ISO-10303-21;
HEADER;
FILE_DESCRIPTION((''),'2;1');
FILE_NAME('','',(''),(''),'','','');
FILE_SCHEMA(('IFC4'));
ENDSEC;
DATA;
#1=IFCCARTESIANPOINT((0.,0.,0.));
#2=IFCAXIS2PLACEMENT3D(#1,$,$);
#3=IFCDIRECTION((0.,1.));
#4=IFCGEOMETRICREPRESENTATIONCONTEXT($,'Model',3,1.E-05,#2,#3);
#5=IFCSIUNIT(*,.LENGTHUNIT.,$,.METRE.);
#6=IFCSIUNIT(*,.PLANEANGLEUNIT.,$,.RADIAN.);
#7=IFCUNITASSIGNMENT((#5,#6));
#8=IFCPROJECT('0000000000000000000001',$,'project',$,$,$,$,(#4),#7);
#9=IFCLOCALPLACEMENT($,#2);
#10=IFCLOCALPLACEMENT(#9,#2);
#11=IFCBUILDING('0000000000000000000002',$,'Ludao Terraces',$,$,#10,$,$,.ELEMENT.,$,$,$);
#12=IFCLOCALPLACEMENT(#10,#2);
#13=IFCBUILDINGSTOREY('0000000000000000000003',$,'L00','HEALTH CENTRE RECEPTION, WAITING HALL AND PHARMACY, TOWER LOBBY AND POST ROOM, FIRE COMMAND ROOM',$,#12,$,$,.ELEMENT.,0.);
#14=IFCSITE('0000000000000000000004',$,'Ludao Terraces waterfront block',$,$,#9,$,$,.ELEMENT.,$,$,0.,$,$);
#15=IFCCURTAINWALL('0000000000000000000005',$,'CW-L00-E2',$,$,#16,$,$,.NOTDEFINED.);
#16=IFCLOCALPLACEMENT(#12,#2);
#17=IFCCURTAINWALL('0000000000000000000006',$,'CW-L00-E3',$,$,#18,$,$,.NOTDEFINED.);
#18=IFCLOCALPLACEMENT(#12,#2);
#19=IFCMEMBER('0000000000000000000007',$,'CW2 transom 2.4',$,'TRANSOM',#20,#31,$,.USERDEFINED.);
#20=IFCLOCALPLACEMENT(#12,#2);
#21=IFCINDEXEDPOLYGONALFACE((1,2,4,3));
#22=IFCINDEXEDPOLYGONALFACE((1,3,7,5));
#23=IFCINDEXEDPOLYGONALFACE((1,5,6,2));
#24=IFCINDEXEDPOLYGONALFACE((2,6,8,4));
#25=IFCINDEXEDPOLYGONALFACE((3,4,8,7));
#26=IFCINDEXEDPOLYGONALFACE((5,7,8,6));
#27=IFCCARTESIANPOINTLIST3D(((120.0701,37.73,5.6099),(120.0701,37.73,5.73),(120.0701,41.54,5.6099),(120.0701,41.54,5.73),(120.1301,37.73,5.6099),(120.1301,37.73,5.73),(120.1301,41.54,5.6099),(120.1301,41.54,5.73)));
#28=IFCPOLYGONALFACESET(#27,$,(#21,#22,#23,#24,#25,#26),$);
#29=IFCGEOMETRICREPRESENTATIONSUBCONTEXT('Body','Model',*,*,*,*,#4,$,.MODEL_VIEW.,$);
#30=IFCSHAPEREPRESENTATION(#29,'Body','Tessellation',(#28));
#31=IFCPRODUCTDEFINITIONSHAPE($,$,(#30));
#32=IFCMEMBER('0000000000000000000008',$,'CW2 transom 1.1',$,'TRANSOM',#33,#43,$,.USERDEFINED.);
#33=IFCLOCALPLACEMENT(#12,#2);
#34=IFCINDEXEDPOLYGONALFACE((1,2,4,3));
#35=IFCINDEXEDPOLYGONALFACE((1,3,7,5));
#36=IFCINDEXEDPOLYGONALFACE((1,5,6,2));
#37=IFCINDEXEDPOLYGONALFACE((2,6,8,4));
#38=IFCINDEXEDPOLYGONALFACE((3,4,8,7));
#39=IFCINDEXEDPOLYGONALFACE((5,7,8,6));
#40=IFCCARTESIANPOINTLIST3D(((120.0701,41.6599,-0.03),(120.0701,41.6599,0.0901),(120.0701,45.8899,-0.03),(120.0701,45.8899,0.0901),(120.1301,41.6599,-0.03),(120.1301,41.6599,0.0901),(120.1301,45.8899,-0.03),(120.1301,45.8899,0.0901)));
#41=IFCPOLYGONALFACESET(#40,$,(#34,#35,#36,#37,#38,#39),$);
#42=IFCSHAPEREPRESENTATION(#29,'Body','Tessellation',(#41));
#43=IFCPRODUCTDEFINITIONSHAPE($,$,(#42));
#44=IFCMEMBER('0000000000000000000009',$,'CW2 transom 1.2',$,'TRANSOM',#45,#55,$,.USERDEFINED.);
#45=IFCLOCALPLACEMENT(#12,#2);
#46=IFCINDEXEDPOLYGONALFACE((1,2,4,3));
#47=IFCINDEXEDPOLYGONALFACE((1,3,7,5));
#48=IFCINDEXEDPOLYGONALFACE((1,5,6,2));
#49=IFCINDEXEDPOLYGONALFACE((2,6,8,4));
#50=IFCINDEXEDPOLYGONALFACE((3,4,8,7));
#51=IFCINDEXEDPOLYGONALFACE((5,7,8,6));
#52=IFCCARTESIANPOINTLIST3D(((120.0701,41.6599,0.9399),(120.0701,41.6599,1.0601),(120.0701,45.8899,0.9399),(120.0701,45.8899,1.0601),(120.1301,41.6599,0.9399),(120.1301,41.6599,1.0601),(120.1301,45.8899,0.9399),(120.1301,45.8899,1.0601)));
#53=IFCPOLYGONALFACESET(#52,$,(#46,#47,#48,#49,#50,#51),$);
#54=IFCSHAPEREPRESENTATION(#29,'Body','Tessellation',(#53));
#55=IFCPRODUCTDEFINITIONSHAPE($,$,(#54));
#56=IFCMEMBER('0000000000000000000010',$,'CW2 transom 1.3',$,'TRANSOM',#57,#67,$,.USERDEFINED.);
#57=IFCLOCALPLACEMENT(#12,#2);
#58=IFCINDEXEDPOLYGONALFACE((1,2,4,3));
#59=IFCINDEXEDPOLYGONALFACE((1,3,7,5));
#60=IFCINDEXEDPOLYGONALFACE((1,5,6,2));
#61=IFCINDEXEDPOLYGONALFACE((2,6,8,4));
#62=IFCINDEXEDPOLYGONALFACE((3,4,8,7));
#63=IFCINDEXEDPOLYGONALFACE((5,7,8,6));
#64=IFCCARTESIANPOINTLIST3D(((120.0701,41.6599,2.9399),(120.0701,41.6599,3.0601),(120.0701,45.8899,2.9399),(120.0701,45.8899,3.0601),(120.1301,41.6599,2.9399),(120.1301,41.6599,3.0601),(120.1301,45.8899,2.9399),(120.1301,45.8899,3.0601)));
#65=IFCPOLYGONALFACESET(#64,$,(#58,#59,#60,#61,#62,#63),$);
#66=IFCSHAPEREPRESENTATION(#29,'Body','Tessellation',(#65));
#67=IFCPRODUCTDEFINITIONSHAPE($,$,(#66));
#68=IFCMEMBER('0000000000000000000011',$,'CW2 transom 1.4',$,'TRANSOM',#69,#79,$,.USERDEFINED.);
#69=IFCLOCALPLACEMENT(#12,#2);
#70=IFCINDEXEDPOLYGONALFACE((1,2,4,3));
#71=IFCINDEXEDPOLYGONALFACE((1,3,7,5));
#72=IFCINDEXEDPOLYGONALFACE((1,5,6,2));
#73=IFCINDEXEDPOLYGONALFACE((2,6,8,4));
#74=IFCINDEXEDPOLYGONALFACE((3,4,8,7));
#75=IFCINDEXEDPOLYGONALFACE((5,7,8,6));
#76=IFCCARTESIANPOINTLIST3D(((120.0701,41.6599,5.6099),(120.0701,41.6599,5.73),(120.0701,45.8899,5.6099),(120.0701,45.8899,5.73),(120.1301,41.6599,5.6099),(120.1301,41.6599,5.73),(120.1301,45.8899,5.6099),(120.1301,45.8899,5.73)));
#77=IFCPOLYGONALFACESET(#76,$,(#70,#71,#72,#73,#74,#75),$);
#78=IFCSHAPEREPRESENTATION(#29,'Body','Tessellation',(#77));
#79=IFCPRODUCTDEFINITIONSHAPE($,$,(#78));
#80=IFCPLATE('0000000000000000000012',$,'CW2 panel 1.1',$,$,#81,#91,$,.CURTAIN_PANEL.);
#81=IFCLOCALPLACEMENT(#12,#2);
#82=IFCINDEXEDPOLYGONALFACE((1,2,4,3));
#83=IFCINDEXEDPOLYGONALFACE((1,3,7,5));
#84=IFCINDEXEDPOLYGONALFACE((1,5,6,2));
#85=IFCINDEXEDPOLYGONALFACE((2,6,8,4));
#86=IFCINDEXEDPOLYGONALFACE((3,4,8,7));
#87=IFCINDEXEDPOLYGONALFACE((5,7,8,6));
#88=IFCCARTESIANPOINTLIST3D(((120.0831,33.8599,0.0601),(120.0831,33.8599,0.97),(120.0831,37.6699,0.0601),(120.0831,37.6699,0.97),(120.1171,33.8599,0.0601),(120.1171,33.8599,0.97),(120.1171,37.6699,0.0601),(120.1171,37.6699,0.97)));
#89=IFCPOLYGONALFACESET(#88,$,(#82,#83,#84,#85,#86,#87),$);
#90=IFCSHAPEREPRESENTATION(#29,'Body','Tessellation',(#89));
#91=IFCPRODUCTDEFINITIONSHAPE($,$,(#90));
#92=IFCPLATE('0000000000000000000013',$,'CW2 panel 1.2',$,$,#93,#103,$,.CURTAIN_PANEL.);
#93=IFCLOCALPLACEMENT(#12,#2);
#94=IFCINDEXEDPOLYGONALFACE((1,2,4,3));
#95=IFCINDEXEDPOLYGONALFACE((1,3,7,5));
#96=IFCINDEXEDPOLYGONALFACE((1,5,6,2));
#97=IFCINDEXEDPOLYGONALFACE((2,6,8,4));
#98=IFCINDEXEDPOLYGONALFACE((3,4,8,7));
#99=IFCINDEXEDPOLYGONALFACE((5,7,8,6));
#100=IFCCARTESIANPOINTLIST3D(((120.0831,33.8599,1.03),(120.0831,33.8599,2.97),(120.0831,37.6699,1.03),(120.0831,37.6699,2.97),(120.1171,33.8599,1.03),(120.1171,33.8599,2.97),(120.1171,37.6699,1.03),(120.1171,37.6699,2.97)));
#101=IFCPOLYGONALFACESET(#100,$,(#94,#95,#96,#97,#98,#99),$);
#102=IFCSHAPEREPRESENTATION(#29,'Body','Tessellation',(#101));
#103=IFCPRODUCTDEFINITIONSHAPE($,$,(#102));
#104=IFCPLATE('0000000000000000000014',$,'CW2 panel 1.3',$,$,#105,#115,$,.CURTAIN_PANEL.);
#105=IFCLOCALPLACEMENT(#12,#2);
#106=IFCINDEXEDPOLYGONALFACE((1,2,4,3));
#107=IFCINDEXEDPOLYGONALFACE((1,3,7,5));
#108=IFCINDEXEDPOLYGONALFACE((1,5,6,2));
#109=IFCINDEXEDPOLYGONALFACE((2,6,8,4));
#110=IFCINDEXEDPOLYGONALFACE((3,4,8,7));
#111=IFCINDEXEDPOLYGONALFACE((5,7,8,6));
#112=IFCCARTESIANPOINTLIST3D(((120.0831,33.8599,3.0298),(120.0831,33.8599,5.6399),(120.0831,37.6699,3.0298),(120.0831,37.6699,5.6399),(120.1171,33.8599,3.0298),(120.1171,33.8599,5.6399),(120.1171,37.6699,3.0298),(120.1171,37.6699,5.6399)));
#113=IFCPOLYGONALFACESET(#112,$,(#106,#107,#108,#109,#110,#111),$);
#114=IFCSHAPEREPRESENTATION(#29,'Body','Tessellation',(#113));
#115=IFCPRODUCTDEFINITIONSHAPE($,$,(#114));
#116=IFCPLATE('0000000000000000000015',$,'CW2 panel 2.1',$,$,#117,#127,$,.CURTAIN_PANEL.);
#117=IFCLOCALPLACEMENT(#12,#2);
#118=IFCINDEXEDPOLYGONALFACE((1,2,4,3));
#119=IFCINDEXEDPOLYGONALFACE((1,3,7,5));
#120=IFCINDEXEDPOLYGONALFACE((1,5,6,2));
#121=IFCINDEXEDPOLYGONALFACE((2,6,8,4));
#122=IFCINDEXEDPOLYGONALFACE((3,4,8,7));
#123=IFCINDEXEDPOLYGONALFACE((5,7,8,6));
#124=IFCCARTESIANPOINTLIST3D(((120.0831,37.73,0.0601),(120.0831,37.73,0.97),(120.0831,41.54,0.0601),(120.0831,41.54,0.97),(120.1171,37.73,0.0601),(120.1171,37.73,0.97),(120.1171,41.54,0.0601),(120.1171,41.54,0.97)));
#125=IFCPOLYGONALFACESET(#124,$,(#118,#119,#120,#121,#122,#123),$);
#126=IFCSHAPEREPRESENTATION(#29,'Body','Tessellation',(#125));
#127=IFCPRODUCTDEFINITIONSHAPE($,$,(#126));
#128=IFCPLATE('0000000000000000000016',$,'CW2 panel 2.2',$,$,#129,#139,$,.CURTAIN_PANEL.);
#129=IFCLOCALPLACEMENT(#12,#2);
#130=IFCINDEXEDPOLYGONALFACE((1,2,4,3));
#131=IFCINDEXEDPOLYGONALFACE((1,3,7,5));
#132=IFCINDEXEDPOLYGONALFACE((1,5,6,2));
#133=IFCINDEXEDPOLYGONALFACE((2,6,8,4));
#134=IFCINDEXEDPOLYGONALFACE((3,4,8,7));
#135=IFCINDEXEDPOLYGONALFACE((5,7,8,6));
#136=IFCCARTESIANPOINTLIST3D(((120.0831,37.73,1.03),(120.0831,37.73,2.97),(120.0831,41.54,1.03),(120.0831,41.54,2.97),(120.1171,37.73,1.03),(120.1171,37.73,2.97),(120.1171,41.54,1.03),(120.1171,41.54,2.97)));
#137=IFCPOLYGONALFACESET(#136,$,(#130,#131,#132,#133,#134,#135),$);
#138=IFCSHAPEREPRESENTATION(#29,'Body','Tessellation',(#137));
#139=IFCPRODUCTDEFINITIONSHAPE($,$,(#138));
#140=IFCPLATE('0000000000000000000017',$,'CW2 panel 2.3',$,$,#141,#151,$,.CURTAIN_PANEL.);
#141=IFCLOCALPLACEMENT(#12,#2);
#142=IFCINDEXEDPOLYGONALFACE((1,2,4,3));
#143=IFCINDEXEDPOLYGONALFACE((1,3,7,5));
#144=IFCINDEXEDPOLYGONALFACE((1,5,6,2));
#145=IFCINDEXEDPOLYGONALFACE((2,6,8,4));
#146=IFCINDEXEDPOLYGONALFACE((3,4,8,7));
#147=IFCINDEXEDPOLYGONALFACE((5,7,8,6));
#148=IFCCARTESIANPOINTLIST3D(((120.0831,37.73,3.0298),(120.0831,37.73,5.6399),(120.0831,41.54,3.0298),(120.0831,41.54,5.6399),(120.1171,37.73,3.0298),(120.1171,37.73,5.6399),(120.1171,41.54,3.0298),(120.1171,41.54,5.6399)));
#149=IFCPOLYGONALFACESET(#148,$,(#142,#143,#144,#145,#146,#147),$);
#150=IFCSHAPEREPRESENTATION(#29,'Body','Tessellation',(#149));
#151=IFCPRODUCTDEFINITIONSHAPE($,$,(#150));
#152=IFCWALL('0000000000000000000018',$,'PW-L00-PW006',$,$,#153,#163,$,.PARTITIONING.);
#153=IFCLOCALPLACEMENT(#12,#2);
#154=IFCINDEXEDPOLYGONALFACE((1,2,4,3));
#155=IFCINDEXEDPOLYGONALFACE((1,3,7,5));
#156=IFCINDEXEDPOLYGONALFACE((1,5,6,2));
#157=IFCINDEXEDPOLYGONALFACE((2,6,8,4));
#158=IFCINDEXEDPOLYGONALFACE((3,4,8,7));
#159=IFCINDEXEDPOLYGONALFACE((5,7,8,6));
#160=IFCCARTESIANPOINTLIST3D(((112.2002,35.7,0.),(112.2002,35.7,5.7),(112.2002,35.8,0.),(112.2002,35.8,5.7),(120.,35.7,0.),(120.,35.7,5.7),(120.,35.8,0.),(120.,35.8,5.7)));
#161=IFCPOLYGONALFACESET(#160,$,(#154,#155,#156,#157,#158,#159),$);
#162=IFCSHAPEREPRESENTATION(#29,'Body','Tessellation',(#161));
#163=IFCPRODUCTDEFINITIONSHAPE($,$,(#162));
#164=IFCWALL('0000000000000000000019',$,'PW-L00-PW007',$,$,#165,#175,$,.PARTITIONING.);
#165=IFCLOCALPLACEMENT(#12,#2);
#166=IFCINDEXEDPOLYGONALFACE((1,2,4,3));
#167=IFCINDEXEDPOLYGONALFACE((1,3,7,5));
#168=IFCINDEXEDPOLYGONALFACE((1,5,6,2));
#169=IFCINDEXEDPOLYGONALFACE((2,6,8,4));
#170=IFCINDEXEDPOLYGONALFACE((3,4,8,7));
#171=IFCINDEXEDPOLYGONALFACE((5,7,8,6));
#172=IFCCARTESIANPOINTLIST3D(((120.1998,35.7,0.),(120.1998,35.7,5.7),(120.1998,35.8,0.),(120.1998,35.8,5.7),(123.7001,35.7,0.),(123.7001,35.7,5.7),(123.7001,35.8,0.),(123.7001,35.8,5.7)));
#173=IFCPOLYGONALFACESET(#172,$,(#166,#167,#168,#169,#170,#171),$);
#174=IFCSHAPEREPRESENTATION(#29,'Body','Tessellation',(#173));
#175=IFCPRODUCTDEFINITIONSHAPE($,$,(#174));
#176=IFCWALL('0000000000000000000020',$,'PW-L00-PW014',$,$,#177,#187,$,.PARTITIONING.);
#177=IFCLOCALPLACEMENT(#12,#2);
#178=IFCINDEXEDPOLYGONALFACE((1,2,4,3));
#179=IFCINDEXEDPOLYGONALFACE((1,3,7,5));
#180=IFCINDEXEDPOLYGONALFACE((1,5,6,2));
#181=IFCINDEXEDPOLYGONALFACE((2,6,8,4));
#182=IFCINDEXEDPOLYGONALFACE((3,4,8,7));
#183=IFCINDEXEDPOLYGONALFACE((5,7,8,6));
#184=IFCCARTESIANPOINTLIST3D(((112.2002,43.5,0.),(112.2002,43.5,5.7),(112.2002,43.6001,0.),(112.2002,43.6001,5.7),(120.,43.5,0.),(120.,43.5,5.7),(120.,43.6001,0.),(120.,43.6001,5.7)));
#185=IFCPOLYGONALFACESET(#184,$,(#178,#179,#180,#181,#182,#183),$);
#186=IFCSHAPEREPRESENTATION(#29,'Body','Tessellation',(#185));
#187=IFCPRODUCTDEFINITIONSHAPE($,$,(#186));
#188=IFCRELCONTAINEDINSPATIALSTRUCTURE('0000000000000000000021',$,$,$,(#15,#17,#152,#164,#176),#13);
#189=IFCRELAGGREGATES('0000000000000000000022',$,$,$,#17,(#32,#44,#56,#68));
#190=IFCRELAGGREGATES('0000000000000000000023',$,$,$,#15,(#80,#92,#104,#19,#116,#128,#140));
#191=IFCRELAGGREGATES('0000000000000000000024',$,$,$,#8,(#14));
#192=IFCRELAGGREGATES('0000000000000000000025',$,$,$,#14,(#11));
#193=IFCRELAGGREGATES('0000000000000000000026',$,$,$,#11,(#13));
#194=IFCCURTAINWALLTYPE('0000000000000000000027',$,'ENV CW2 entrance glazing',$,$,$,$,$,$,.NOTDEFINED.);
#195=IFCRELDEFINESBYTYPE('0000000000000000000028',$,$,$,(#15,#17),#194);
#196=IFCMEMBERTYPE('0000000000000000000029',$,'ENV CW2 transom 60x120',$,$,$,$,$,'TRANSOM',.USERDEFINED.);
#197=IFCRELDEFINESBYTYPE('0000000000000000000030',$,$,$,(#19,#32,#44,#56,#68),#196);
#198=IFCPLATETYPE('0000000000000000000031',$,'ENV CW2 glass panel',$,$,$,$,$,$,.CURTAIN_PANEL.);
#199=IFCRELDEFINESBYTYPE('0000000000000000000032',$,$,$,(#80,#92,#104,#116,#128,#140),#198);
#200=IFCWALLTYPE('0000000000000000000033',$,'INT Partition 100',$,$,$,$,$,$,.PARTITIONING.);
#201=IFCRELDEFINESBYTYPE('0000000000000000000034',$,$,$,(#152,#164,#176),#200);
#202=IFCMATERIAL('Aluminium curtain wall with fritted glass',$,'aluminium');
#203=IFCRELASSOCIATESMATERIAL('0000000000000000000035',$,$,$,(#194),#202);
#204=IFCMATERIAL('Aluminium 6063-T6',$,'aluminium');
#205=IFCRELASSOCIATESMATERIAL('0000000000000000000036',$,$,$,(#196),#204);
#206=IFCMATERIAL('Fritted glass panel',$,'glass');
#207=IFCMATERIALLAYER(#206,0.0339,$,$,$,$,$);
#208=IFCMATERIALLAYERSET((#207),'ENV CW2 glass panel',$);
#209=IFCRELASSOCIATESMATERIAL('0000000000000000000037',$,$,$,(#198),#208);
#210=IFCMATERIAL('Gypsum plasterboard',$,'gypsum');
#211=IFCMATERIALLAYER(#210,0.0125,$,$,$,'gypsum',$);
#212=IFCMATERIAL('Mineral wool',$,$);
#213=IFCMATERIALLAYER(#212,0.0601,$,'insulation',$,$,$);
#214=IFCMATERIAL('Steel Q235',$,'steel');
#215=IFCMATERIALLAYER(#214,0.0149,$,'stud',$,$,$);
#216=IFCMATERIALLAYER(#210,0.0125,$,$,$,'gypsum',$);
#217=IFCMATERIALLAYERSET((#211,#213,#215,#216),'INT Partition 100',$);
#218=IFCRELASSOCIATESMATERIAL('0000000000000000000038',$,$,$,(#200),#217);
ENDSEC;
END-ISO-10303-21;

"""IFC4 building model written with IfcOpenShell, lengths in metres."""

from ifc_helpers import new_model, si_unit, direction, frame, frame_2d, origin, origin_2d, place, context, subcontext, project, spatial, rectangle, extrude, material, layer, layer_set, material_profile, profile_set, type_object, element, aggregate, save


model = new_model("IFC4")

# Units and contexts
model_context = context("Model", 3, precision=1e-05, world=origin(), true_north=direction((0.0, 1.0)))
body_context = subcontext(model_context, "Body", "Model", "MODEL_VIEW")
ifc_project = project(units=[si_unit("LENGTHUNIT", "METRE"), si_unit("PLANEANGLEUNIT", "RADIAN")], contexts=[model_context])

# Site, building, storey
site_placement = place(None, origin())
site = spatial("IfcSite", under=ifc_project, at=site_placement, Name="Ludao Terraces waterfront block", CompositionType="ELEMENT", RefElevation=0.0)
building_placement = place(site_placement, origin())
building = spatial("IfcBuilding", under=site, at=building_placement, Name="Ludao Terraces", CompositionType="ELEMENT")
storey_placement = place(building_placement, origin())
storey = spatial("IfcBuildingStorey", under=building, at=storey_placement, Name="L00", Description="HEALTH CENTRE RECEPTION, WAITING HALL AND PHARMACY, TOWER LOBBY AND POST ROOM, FIRE COMMAND ROOM", CompositionType="ELEMENT", Elevation=0.0)

# Curtain wall
ifc_material_1 = material(Name="Aluminium curtain wall with fritted glass", Category="aluminium")
curtain_wall_type = type_object("IfcCurtainWallType", Name="ENV CW2 entrance glazing", PredefinedType="NOTDEFINED", material=ifc_material_1)
curtain_wall_1_placement = place(storey_placement, origin())
curtain_wall_1 = element("IfcCurtainWall", 1, at=curtain_wall_1_placement, inside=storey, type_object=curtain_wall_type, Name="CW-L00-E2", PredefinedType="NOTDEFINED")
ifc_material_2 = material(Name="Aluminium 6063-T6", Category="aluminium")

# Curtain wall
curtain_wall_2_placement = place(storey_placement, origin())
curtain_wall_2 = element("IfcCurtainWall", 2, at=curtain_wall_2_placement, inside=storey, type_object=curtain_wall_type, Name="CW-L00-E3", PredefinedType="NOTDEFINED")

# Members
ifc_material_profile_1 = material_profile(ifc_material_2, rectangle(XDim=0.0601, YDim=0.1201, at=origin_2d()), Name="60 X 120")
ifc_profile_set_1 = profile_set([ifc_material_profile_1], Name="Aluminium 6063-T6")
member_type_1 = type_object("IfcMemberType", Name="ENV CW2 transom 60x120", ElementType="TRANSOM", PredefinedType="USERDEFINED", material=ifc_profile_set_1)
member_1_placement = place(storey_placement, frame((120.1001, 37.73, 5.6699), z_axis=(0.0, 1.0, 0.0), x_axis=(-1.0, 0.0, 0.0)))
member_1 = element("IfcMember", 3, at=member_1_placement, type_object=member_type_1, Name="CW2 transom 2.4", ObjectType="TRANSOM", PredefinedType="USERDEFINED", context=body_context, shape_type="SweptSolid", body=[
    extrude(rectangle(XDim=0.0601, YDim=0.1201, at=origin_2d()), origin(), (0.0, 0.0, 1.0), 3.8101),
])
member_2_placement = place(storey_placement, frame((120.1001, 41.6599, 0.03), z_axis=(0.0, 1.0, 0.0), x_axis=(-1.0, 0.0, 0.0)))
member_2 = element("IfcMember", 4, at=member_2_placement, type_object=member_type_1, Name="CW2 transom 1.1", ObjectType="TRANSOM", PredefinedType="USERDEFINED", context=body_context, shape_type="SweptSolid", body=[
    extrude(rectangle(XDim=0.0601, YDim=0.1201, at=origin_2d()), origin(), (0.0, 0.0, 1.0), 4.23),
])
member_3_placement = place(storey_placement, frame((120.1001, 41.6599, 1.0), z_axis=(0.0, 1.0, 0.0), x_axis=(-1.0, 0.0, 0.0)))
member_3 = element("IfcMember", 5, at=member_3_placement, type_object=member_type_1, Name="CW2 transom 1.2", ObjectType="TRANSOM", PredefinedType="USERDEFINED", context=body_context, shape_type="SweptSolid", body=[
    extrude(rectangle(XDim=0.0601, YDim=0.1201, at=origin_2d()), origin(), (0.0, 0.0, 1.0), 4.23),
])
member_4_placement = place(storey_placement, frame((120.1001, 41.6599, 3.0), z_axis=(0.0, 1.0, 0.0), x_axis=(-1.0, 0.0, 0.0)))
member_4 = element("IfcMember", 6, at=member_4_placement, type_object=member_type_1, Name="CW2 transom 1.3", ObjectType="TRANSOM", PredefinedType="USERDEFINED", context=body_context, shape_type="SweptSolid", body=[
    extrude(rectangle(XDim=0.0601, YDim=0.1201, at=origin_2d()), origin(), (0.0, 0.0, 1.0), 4.23),
])
member_5_placement = place(storey_placement, frame((120.1001, 41.6599, 5.6699), z_axis=(0.0, 1.0, 0.0), x_axis=(-1.0, 0.0, 0.0)))
member_5 = element("IfcMember", 7, at=member_5_placement, type_object=member_type_1, Name="CW2 transom 1.4", ObjectType="TRANSOM", PredefinedType="USERDEFINED", context=body_context, shape_type="SweptSolid", body=[
    extrude(rectangle(XDim=0.0601, YDim=0.1201, at=origin_2d()), origin(), (0.0, 0.0, 1.0), 4.23),
])
aggregate(curtain_wall_2, [member_2, member_3, member_4, member_5])

# Plates
ifc_material_3 = material(Name="Fritted glass panel", Category="glass")
ifc_layer_1 = layer(ifc_material_3, 0.0339)
ifc_layer_set_1 = layer_set([ifc_layer_1], Name="ENV CW2 glass panel")
plate_type = type_object("IfcPlateType", Name="ENV CW2 glass panel", PredefinedType="CURTAIN_PANEL", material=ifc_layer_set_1)
plate_1_placement = place(storey_placement, frame((120.1001, 35.7649, 0.0601), z_axis=(0.0, 0.0, 1.0), x_axis=(0.0, 1.0, 0.0)))
plate_1 = element("IfcPlate", 8, at=plate_1_placement, type_object=plate_type, Name="CW2 panel 1.1", PredefinedType="CURTAIN_PANEL", context=body_context, shape_type="SweptSolid", body=[
    extrude(rectangle(XDim=3.8101, YDim=0.0339, at=origin_2d()), origin(), (0.0, 0.0, 1.0), 0.9099),
])
plate_2_placement = place(storey_placement, frame((120.1001, 35.7649, 1.03), z_axis=(0.0, 0.0, 1.0), x_axis=(0.0, 1.0, 0.0)))
plate_2 = element("IfcPlate", 9, at=plate_2_placement, type_object=plate_type, Name="CW2 panel 1.2", PredefinedType="CURTAIN_PANEL", context=body_context, shape_type="SweptSolid", body=[
    extrude(rectangle(XDim=3.8101, YDim=0.0339, at=origin_2d()), origin(), (0.0, 0.0, 1.0), 1.9399),
])
plate_3_placement = place(storey_placement, frame((120.1001, 35.7649, 3.0298), z_axis=(0.0, 0.0, 1.0), x_axis=(0.0, 1.0, 0.0)))
plate_3 = element("IfcPlate", 10, at=plate_3_placement, type_object=plate_type, Name="CW2 panel 1.3", PredefinedType="CURTAIN_PANEL", context=body_context, shape_type="SweptSolid", body=[
    extrude(rectangle(XDim=3.8101, YDim=0.0339, at=origin_2d()), origin(), (0.0, 0.0, 1.0), 2.6101),
])
plate_4_placement = place(storey_placement, frame((120.1001, 39.635, 0.0601), z_axis=(0.0, 0.0, 1.0), x_axis=(0.0, 1.0, 0.0)))
plate_4 = element("IfcPlate", 11, at=plate_4_placement, type_object=plate_type, Name="CW2 panel 2.1", PredefinedType="CURTAIN_PANEL", context=body_context, shape_type="SweptSolid", body=[
    extrude(rectangle(XDim=3.8101, YDim=0.0339, at=origin_2d()), origin(), (0.0, 0.0, 1.0), 0.9099),
])
plate_5_placement = place(storey_placement, frame((120.1001, 39.635, 1.03), z_axis=(0.0, 0.0, 1.0), x_axis=(0.0, 1.0, 0.0)))
plate_5 = element("IfcPlate", 12, at=plate_5_placement, type_object=plate_type, Name="CW2 panel 2.2", PredefinedType="CURTAIN_PANEL", context=body_context, shape_type="SweptSolid", body=[
    extrude(rectangle(XDim=3.8101, YDim=0.0339, at=origin_2d()), origin(), (0.0, 0.0, 1.0), 1.9399),
])
plate_6_placement = place(storey_placement, frame((120.1001, 39.635, 3.0298), z_axis=(0.0, 0.0, 1.0), x_axis=(0.0, 1.0, 0.0)))
plate_6 = element("IfcPlate", 13, at=plate_6_placement, type_object=plate_type, Name="CW2 panel 2.3", PredefinedType="CURTAIN_PANEL", context=body_context, shape_type="SweptSolid", body=[
    extrude(rectangle(XDim=3.8101, YDim=0.0339, at=origin_2d()), origin(), (0.0, 0.0, 1.0), 2.6101),
])
aggregate(curtain_wall_1, [plate_1, plate_2, plate_3, member_1, plate_4, plate_5, plate_6])

# Walls
ifc_material_4 = material(Name="Gypsum plasterboard", Category="gypsum")
ifc_layer_2 = layer(ifc_material_4, 0.0125, Category="gypsum")
ifc_material_5 = material(Name="Mineral wool")
ifc_layer_3 = layer(ifc_material_5, 0.0601, Name="insulation")
ifc_material_6 = material(Name="Steel Q235", Category="steel")
ifc_layer_4 = layer(ifc_material_6, 0.0149, Name="stud")
ifc_layer_5 = layer(ifc_material_4, 0.0125, Category="gypsum")
ifc_layer_set_2 = layer_set([ifc_layer_2, ifc_layer_3, ifc_layer_4, ifc_layer_5], Name="INT Partition 100")
wall_type = type_object("IfcWallType", Name="INT Partition 100", PredefinedType="PARTITIONING", material=ifc_layer_set_2)
wall_1_placement = place(storey_placement, frame((112.2002, 35.75, 0.0), z_axis=(0.0, 0.0, 1.0), x_axis=(1.0, 0.0, 0.0)))
element("IfcWall", 14, at=wall_1_placement, inside=storey, type_object=wall_type, Name="PW-L00-PW006", PredefinedType="PARTITIONING", context=body_context, shape_type="SweptSolid", body=[
    extrude(rectangle(XDim=7.7998, YDim=0.1001, at=frame_2d((3.8999, 0.0))), origin(), (0.0, 0.0, 1.0), 5.7),
])
wall_2_placement = place(storey_placement, frame((120.2, 35.75, 0.0), z_axis=(0.0, 0.0, 1.0), x_axis=(1.0, 0.0, 0.0)))
element("IfcWall", 15, at=wall_2_placement, inside=storey, type_object=wall_type, Name="PW-L00-PW007", PredefinedType="PARTITIONING", context=body_context, shape_type="SweptSolid", body=[
    extrude(rectangle(XDim=3.5002, YDim=0.1001, at=frame_2d((1.75, 0.0))), origin(), (0.0, 0.0, 1.0), 5.7),
])
wall_3_placement = place(storey_placement, frame((112.2002, 43.55, 0.0), z_axis=(0.0, 0.0, 1.0), x_axis=(1.0, 0.0, 0.0)))
element("IfcWall", 16, at=wall_3_placement, inside=storey, type_object=wall_type, Name="PW-L00-PW014", PredefinedType="PARTITIONING", context=body_context, shape_type="SweptSolid", body=[
    extrude(rectangle(XDim=7.7998, YDim=0.1001, at=frame_2d((3.8999, 0.0))), origin(), (0.0, 0.0, 1.0), 5.7),
])

save(model, "model.ifc")
